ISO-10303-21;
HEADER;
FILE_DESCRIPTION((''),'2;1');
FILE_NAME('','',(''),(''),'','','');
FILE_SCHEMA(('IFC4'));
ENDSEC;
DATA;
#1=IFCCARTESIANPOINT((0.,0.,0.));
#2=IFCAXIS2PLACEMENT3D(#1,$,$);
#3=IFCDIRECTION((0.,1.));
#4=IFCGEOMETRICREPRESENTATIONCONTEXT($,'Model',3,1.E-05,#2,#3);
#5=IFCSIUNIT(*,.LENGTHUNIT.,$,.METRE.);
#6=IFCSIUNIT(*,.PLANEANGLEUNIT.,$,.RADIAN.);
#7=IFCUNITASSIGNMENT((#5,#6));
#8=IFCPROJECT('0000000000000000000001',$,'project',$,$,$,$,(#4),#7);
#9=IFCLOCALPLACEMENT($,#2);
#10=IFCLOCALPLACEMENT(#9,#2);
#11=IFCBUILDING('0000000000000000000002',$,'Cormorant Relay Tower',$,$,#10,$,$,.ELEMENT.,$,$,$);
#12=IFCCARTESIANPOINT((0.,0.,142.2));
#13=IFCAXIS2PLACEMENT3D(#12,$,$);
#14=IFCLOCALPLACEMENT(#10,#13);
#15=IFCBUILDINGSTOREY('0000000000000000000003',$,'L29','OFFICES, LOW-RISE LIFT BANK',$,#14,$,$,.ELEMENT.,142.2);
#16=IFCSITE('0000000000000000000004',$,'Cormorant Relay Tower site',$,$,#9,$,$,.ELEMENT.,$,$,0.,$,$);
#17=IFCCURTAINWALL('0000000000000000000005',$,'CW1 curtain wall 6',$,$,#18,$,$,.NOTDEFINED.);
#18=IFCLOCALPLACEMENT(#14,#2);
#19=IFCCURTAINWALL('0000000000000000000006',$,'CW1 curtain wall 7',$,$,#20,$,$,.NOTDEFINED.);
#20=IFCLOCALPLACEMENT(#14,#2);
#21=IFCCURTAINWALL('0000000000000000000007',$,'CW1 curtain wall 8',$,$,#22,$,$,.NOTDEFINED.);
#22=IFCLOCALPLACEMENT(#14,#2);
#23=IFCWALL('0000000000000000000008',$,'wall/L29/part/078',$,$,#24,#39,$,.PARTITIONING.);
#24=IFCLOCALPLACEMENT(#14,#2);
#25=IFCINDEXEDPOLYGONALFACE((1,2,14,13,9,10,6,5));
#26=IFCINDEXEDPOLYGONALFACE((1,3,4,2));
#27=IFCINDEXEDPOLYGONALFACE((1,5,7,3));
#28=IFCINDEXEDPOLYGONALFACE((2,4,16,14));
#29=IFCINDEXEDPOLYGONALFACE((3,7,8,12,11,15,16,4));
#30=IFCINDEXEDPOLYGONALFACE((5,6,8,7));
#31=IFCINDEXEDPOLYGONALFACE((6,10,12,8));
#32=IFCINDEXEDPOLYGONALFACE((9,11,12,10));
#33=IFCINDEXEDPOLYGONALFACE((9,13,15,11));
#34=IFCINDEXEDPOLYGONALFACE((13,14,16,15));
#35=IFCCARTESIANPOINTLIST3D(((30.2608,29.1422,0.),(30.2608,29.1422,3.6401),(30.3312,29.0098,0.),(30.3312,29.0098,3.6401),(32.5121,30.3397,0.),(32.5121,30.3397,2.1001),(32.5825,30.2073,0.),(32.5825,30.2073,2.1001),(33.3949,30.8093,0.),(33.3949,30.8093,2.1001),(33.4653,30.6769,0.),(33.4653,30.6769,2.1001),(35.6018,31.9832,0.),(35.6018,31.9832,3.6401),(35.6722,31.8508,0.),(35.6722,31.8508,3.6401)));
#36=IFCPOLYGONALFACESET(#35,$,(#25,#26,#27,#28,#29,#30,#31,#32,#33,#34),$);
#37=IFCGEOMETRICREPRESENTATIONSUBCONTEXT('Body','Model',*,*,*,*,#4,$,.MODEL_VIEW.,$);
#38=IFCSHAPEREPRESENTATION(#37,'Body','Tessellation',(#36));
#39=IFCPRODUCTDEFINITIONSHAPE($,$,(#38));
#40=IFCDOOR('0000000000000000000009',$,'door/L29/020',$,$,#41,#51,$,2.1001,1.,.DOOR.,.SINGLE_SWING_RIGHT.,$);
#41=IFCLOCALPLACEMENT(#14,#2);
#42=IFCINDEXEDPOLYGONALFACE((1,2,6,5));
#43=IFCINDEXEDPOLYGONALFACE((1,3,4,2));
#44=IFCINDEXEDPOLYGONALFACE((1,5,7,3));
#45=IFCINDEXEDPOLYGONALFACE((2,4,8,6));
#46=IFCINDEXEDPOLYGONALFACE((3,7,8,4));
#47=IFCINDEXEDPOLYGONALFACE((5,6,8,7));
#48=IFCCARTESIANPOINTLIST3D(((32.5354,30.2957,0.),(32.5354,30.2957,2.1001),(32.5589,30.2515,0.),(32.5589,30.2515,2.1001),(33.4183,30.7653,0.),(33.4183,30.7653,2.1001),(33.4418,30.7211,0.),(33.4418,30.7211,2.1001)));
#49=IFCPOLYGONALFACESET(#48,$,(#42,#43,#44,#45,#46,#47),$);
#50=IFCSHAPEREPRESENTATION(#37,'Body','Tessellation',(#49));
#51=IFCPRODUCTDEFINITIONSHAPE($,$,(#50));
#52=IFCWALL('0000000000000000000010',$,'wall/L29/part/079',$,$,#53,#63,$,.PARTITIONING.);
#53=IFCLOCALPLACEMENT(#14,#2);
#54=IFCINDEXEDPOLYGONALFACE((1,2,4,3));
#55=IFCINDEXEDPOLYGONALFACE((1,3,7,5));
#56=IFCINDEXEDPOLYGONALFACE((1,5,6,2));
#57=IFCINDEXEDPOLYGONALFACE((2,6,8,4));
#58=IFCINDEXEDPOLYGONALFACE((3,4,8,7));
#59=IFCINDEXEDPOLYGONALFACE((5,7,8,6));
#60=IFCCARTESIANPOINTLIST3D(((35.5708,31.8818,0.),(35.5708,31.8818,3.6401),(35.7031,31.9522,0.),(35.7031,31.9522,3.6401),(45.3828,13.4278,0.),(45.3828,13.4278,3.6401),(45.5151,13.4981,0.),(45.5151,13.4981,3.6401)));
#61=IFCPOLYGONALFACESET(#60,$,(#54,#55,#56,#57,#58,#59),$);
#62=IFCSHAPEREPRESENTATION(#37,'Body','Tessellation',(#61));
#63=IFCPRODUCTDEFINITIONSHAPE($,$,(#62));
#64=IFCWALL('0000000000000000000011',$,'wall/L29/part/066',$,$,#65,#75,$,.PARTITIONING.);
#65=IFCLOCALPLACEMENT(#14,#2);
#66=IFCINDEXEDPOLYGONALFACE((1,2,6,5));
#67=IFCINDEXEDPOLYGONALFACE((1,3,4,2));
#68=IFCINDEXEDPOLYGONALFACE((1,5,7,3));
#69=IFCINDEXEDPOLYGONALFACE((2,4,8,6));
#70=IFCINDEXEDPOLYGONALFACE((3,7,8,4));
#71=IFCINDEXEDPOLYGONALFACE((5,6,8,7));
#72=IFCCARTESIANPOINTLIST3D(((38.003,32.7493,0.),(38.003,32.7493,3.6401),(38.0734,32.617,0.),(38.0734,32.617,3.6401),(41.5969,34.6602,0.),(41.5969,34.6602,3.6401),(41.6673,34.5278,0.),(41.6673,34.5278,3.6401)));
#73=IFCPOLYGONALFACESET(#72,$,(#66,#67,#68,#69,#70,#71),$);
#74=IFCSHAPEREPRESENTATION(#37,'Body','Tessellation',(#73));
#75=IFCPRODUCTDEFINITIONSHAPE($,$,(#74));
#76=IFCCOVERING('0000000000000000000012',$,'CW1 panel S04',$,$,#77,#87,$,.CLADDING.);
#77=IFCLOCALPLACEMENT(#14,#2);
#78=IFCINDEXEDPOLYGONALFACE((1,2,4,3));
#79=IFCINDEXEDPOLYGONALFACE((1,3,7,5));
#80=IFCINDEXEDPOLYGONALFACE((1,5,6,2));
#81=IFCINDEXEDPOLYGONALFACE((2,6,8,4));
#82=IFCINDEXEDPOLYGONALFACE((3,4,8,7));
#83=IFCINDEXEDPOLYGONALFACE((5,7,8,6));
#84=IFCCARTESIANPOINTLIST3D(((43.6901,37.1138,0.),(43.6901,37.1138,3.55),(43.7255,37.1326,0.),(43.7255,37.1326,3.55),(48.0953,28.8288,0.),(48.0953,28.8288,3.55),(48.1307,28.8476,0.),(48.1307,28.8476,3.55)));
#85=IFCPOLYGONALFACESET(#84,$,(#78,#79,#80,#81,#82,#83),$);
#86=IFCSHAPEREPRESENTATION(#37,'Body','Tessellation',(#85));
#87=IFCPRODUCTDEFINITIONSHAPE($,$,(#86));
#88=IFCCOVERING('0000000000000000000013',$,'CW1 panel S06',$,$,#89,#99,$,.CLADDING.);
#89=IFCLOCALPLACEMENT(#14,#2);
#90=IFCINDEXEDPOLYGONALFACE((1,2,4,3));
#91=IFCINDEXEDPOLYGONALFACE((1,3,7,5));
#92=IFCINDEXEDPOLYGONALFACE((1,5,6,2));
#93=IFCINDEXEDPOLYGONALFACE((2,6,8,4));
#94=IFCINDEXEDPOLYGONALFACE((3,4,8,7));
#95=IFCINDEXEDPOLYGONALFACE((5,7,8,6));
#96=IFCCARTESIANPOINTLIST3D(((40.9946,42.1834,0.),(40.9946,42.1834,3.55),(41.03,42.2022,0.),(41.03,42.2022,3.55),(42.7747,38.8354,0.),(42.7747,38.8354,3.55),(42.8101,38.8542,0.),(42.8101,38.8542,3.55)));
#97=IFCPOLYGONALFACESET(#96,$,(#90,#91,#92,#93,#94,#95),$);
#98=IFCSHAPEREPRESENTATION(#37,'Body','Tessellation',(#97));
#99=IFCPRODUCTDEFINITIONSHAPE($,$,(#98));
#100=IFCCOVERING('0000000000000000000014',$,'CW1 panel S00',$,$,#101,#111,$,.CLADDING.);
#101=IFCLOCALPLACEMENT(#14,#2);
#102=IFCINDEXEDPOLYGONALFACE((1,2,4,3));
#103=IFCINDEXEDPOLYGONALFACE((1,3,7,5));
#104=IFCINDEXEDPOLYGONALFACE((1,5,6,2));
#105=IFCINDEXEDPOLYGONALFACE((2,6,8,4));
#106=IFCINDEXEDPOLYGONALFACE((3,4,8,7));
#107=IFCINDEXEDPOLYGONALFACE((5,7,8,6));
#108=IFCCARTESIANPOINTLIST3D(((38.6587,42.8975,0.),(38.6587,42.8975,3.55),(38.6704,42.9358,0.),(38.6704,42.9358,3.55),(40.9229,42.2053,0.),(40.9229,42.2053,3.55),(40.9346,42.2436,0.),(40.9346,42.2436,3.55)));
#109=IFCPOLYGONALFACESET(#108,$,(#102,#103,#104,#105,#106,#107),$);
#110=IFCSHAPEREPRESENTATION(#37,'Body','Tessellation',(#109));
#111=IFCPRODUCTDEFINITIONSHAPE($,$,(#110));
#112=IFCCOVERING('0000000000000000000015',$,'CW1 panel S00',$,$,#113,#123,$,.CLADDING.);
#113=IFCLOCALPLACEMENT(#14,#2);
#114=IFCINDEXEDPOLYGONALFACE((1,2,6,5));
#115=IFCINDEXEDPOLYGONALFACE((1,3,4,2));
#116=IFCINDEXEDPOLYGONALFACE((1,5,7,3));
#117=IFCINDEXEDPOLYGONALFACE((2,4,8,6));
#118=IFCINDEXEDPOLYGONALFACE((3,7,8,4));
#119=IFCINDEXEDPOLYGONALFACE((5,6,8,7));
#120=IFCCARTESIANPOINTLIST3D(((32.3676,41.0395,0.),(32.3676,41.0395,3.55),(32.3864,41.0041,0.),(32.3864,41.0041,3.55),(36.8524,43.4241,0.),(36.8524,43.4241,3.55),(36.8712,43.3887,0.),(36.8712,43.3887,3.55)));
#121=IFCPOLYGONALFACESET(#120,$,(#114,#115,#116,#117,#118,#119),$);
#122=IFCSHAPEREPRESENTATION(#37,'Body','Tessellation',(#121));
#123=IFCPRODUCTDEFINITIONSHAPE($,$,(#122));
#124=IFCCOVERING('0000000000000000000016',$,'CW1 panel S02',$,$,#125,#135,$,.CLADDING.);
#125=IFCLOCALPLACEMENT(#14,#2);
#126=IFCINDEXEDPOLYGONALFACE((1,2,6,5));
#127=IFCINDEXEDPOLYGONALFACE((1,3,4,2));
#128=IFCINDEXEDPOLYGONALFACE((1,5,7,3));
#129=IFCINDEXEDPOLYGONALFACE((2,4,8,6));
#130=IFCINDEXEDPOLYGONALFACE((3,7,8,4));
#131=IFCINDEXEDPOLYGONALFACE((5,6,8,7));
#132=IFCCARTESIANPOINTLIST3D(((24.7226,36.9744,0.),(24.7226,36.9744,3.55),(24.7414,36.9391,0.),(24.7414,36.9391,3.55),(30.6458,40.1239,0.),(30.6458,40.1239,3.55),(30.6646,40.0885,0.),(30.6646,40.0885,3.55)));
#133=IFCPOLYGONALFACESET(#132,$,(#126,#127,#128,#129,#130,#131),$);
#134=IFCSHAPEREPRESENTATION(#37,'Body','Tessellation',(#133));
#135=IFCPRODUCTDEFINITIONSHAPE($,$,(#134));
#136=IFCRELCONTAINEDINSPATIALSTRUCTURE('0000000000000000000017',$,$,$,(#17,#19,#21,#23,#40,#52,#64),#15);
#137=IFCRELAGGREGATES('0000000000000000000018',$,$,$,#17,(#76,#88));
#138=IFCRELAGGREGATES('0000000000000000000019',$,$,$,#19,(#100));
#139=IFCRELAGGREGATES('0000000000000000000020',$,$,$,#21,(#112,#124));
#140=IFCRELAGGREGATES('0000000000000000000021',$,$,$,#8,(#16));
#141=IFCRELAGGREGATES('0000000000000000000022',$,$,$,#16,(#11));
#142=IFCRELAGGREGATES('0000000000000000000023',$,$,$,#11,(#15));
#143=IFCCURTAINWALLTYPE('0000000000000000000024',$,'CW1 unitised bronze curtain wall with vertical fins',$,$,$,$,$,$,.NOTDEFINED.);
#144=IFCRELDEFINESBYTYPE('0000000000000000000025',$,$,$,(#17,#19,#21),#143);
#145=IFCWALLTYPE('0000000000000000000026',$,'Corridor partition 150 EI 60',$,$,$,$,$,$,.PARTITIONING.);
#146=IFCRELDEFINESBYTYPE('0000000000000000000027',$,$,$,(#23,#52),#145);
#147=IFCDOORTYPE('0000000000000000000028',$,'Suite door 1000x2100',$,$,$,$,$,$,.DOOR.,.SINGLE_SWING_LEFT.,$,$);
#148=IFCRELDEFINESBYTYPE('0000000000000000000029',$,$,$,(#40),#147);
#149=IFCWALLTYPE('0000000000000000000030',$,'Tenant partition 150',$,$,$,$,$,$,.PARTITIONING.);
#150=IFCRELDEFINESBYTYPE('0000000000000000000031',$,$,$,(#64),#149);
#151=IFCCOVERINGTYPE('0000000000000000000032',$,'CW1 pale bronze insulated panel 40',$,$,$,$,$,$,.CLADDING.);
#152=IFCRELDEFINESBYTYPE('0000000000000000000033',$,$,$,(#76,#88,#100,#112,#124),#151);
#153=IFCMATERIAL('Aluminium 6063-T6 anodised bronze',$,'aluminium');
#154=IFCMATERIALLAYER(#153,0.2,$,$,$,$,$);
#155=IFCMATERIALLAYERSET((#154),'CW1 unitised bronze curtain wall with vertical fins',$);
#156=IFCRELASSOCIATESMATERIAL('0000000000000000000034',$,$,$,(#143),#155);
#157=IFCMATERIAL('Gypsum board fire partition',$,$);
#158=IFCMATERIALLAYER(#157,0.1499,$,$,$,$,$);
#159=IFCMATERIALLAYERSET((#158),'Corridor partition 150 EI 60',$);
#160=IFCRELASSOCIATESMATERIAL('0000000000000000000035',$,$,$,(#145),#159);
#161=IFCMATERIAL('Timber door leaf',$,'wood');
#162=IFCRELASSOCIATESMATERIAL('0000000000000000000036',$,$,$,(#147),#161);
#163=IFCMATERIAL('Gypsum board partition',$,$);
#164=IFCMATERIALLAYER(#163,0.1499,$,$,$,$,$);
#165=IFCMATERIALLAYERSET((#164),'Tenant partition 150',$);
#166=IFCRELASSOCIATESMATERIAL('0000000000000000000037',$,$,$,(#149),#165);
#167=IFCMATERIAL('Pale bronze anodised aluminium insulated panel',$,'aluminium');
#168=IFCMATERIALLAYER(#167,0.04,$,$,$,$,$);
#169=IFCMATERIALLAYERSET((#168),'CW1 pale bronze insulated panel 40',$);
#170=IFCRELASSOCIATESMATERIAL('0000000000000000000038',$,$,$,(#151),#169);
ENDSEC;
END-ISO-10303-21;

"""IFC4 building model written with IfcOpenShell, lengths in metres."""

from ifc_helpers import new_model, si_unit, direction, frame, frame_2d, origin, origin_2d, place, context, subcontext, project, spatial, rectangle, extrude, material, layer, layer_set, type_object, element, fill, aggregate, save


model = new_model("IFC4")

# Units and contexts
model_context = context("Model", 3, precision=1e-05, world=origin(), true_north=direction((0.0, 1.0)))
body_context = subcontext(model_context, "Body", "Model", "MODEL_VIEW")
ifc_project = project(units=[si_unit("LENGTHUNIT", "METRE"), si_unit("PLANEANGLEUNIT", "RADIAN")], contexts=[model_context])

# Site, building, storey
site_placement = place(None, origin())
site = spatial("IfcSite", under=ifc_project, at=site_placement, Name="Cormorant Relay Tower site", CompositionType="ELEMENT", RefElevation=0.0)
building_placement = place(site_placement, origin())
building = spatial("IfcBuilding", under=site, at=building_placement, Name="Cormorant Relay Tower", CompositionType="ELEMENT")
storey_placement = place(building_placement, frame((0.0, 0.0, 142.2)))
storey = spatial("IfcBuildingStorey", under=building, at=storey_placement, Name="L29", Description="OFFICES, LOW-RISE LIFT BANK", CompositionType="ELEMENT", Elevation=142.2)

# Curtain wall
ifc_material_1 = material(Name="Aluminium 6063-T6 anodised bronze", Category="aluminium")
ifc_layer_1 = layer(ifc_material_1, 0.2)
ifc_layer_set_1 = layer_set([ifc_layer_1], Name="CW1 unitised bronze curtain wall with vertical fins")
curtain_wall_type = type_object("IfcCurtainWallType", Name="CW1 unitised bronze curtain wall with vertical fins", PredefinedType="NOTDEFINED", material=ifc_layer_set_1)
curtain_wall_1_placement = place(storey_placement, origin())
curtain_wall_1 = element("IfcCurtainWall", 1, at=curtain_wall_1_placement, inside=storey, type_object=curtain_wall_type, Name="CW1 curtain wall 6", PredefinedType="NOTDEFINED")

# Curtain wall
curtain_wall_2_placement = place(storey_placement, origin())
curtain_wall_2 = element("IfcCurtainWall", 2, at=curtain_wall_2_placement, inside=storey, type_object=curtain_wall_type, Name="CW1 curtain wall 7", PredefinedType="NOTDEFINED")

# Curtain wall
curtain_wall_3_placement = place(storey_placement, origin())
curtain_wall_3 = element("IfcCurtainWall", 3, at=curtain_wall_3_placement, inside=storey, type_object=curtain_wall_type, Name="CW1 curtain wall 8", PredefinedType="NOTDEFINED")

# Shared definitions
ifc_material_2 = material(Name="Gypsum board fire partition")
ifc_layer_2 = layer(ifc_material_2, 0.1499)
ifc_layer_set_2 = layer_set([ifc_layer_2], Name="Corridor partition 150 EI 60")
wall_type_1 = type_object("IfcWallType", Name="Corridor partition 150 EI 60", PredefinedType="PARTITIONING", material=ifc_layer_set_2)

# Wall, opening, door
wall_1_placement = place(storey_placement, frame((30.2959, 29.0759, 0.0), z_axis=(0.0, 0.0, 1.0), x_axis=(0.882867, 0.469622, 0.0)))
wall_1 = element("IfcWall", 4, at=wall_1_placement, inside=storey, type_object=wall_type_1, Name="wall/L29/part/078", PredefinedType="PARTITIONING", context=body_context, shape_type="SweptSolid", body=[
    extrude(rectangle(XDim=6.0496, YDim=0.1499, at=frame_2d((3.0249, 0.0))), origin(), (0.0, 0.0, 1.0), 3.6401),
])
opening_1_placement = place(wall_1_placement, frame((2.55, 0.0, 0.0)))
opening_1 = element("IfcOpeningElement", 5, at=opening_1_placement, cuts=wall_1, PredefinedType="OPENING", context=body_context, shape_type="SweptSolid", body=[
    extrude(rectangle(XDim=1.0, YDim=2.1001, at=frame_2d((0.5, 1.05))), frame((0.0, 0.085, 0.0), z_axis=(0.0, -1.0, 0.0), x_axis=(1.0, 0.0, 0.0)), (0.0, 0.0, 1.0), 0.1699),
])
ifc_material_3 = material(Name="Timber door leaf", Category="wood")
door_type_1 = type_object("IfcDoorType", Name="Suite door 1000x2100", OperationType="SINGLE_SWING_LEFT", PredefinedType="DOOR", material=ifc_material_3)
door_1_placement = place(opening_1_placement, frame((1.0, 0.0, 0.0), z_axis=(0.0, 0.0, 1.0), x_axis=(-1.0, 0.0, 0.0)))
door_1 = element("IfcDoor", 6, at=door_1_placement, inside=storey, type_object=door_type_1, Name="door/L29/020", OperationType="SINGLE_SWING_RIGHT", OverallHeight=2.1001, OverallWidth=1.0, PredefinedType="DOOR", context=body_context, shape_type="SweptSolid", body=[
    extrude(rectangle(XDim=1.0, YDim=2.1001, at=frame_2d((0.5, 1.05))), frame((0.0, 0.0249, 0.0), z_axis=(0.0, -1.0, 0.0), x_axis=(1.0, 0.0, 0.0)), (0.0, 0.0, 1.0), 0.05),
])
fill(opening_1, door_1)

# Walls
wall_2_placement = place(storey_placement, frame((35.637, 31.917, 0.0), z_axis=(0.0, 0.0, 1.0), x_axis=(0.469464, -0.882952, 0.0)))
element("IfcWall", 7, at=wall_2_placement, inside=storey, type_object=wall_type_1, Name="wall/L29/part/079", PredefinedType="PARTITIONING", context=body_context, shape_type="SweptSolid", body=[
    extrude(rectangle(XDim=20.9004, YDim=0.1499, at=frame_2d((10.4502, 0.0))), origin(), (0.0, 0.0, 1.0), 3.6401),
])
ifc_material_4 = material(Name="Gypsum board partition")
ifc_layer_3 = layer(ifc_material_4, 0.1499)
ifc_layer_set_3 = layer_set([ifc_layer_3], Name="Tenant partition 150")
wall_type_2 = type_object("IfcWallType", Name="Tenant partition 150", PredefinedType="PARTITIONING", material=ifc_layer_set_3)
wall_3_placement = place(storey_placement, frame((41.6321, 34.594, 0.0), z_axis=(0.0, 0.0, 1.0), x_axis=(-0.882955, -0.469458, 0.0)))
element("IfcWall", 8, at=wall_3_placement, inside=storey, type_object=wall_type_2, Name="wall/L29/part/066", PredefinedType="PARTITIONING", context=body_context, shape_type="SweptSolid", body=[
    extrude(rectangle(XDim=4.0703, YDim=0.1499, at=frame_2d((2.0352, 0.0))), origin(), (0.0, 0.0, 1.0), 3.6401),
])

# Coverings
ifc_material_5 = material(Name="Pale bronze anodised aluminium insulated panel", Category="aluminium")
ifc_layer_4 = layer(ifc_material_5, 0.04)
ifc_layer_set_4 = layer_set([ifc_layer_4], Name="CW1 pale bronze insulated panel 40")
covering_type = type_object("IfcCoveringType", Name="CW1 pale bronze insulated panel 40", PredefinedType="CLADDING", material=ifc_layer_set_4)
covering_1_placement = place(storey_placement, frame((45.9104, 32.9807, 0.0), z_axis=(0.0, 0.0, 1.0), x_axis=(-0.469472, 0.882948, 0.0)))
covering_1 = element("IfcCovering", 9, at=covering_1_placement, type_object=covering_type, Name="CW1 panel S04", PredefinedType="CLADDING", context=body_context, shape_type="SweptSolid", body=[
    extrude(rectangle(XDim=9.3833, YDim=0.04, at=origin_2d()), origin(), (0.0, 0.0, 1.0), 3.55),
])
covering_2_placement = place(storey_placement, frame((41.9023, 40.5188, 0.0), z_axis=(0.0, 0.0, 1.0), x_axis=(-0.469472, 0.882948, 0.0)))
covering_2 = element("IfcCovering", 10, at=covering_2_placement, type_object=covering_type, Name="CW1 panel S06", PredefinedType="CLADDING", context=body_context, shape_type="SweptSolid", body=[
    extrude(rectangle(XDim=3.7917, YDim=0.04, at=origin_2d()), origin(), (0.0, 0.0, 1.0), 3.55),
])
aggregate(curtain_wall_1, [covering_1, covering_2])
covering_3_placement = place(storey_placement, frame((39.7966, 42.5706, 0.0), z_axis=(0.0, 0.0, 1.0), x_axis=(-0.956305, 0.292372, 0.0)))
covering_3 = element("IfcCovering", 11, at=covering_3_placement, type_object=covering_type, Name="CW1 panel S00", PredefinedType="CLADDING", context=body_context, shape_type="SweptSolid", body=[
    extrude(rectangle(XDim=2.3677, YDim=0.04, at=origin_2d()), origin(), (0.0, 0.0, 1.0), 3.55),
])
aggregate(curtain_wall_2, [covering_3])
covering_4_placement = place(storey_placement, frame((34.6194, 42.2141, 0.0), z_axis=(0.0, 0.0, 1.0), x_axis=(-0.882948, -0.469472, 0.0)))
covering_4 = element("IfcCovering", 12, at=covering_4_placement, type_object=covering_type, Name="CW1 panel S00", PredefinedType="CLADDING", context=body_context, shape_type="SweptSolid", body=[
    extrude(rectangle(XDim=5.0793, YDim=0.04, at=origin_2d()), origin(), (0.0, 0.0, 1.0), 3.55),
])
covering_5_placement = place(storey_placement, frame((27.6936, 38.5315, 0.0), z_axis=(0.0, 0.0, 1.0), x_axis=(-0.882948, -0.469472, 0.0)))
covering_5 = element("IfcCovering", 13, at=covering_5_placement, type_object=covering_type, Name="CW1 panel S02", PredefinedType="CLADDING", context=body_context, shape_type="SweptSolid", body=[
    extrude(rectangle(XDim=6.7085, YDim=0.04, at=origin_2d()), origin(), (0.0, 0.0, 1.0), 3.55),
])
aggregate(curtain_wall_3, [covering_4, covering_5])

save(model, "model.ifc")
